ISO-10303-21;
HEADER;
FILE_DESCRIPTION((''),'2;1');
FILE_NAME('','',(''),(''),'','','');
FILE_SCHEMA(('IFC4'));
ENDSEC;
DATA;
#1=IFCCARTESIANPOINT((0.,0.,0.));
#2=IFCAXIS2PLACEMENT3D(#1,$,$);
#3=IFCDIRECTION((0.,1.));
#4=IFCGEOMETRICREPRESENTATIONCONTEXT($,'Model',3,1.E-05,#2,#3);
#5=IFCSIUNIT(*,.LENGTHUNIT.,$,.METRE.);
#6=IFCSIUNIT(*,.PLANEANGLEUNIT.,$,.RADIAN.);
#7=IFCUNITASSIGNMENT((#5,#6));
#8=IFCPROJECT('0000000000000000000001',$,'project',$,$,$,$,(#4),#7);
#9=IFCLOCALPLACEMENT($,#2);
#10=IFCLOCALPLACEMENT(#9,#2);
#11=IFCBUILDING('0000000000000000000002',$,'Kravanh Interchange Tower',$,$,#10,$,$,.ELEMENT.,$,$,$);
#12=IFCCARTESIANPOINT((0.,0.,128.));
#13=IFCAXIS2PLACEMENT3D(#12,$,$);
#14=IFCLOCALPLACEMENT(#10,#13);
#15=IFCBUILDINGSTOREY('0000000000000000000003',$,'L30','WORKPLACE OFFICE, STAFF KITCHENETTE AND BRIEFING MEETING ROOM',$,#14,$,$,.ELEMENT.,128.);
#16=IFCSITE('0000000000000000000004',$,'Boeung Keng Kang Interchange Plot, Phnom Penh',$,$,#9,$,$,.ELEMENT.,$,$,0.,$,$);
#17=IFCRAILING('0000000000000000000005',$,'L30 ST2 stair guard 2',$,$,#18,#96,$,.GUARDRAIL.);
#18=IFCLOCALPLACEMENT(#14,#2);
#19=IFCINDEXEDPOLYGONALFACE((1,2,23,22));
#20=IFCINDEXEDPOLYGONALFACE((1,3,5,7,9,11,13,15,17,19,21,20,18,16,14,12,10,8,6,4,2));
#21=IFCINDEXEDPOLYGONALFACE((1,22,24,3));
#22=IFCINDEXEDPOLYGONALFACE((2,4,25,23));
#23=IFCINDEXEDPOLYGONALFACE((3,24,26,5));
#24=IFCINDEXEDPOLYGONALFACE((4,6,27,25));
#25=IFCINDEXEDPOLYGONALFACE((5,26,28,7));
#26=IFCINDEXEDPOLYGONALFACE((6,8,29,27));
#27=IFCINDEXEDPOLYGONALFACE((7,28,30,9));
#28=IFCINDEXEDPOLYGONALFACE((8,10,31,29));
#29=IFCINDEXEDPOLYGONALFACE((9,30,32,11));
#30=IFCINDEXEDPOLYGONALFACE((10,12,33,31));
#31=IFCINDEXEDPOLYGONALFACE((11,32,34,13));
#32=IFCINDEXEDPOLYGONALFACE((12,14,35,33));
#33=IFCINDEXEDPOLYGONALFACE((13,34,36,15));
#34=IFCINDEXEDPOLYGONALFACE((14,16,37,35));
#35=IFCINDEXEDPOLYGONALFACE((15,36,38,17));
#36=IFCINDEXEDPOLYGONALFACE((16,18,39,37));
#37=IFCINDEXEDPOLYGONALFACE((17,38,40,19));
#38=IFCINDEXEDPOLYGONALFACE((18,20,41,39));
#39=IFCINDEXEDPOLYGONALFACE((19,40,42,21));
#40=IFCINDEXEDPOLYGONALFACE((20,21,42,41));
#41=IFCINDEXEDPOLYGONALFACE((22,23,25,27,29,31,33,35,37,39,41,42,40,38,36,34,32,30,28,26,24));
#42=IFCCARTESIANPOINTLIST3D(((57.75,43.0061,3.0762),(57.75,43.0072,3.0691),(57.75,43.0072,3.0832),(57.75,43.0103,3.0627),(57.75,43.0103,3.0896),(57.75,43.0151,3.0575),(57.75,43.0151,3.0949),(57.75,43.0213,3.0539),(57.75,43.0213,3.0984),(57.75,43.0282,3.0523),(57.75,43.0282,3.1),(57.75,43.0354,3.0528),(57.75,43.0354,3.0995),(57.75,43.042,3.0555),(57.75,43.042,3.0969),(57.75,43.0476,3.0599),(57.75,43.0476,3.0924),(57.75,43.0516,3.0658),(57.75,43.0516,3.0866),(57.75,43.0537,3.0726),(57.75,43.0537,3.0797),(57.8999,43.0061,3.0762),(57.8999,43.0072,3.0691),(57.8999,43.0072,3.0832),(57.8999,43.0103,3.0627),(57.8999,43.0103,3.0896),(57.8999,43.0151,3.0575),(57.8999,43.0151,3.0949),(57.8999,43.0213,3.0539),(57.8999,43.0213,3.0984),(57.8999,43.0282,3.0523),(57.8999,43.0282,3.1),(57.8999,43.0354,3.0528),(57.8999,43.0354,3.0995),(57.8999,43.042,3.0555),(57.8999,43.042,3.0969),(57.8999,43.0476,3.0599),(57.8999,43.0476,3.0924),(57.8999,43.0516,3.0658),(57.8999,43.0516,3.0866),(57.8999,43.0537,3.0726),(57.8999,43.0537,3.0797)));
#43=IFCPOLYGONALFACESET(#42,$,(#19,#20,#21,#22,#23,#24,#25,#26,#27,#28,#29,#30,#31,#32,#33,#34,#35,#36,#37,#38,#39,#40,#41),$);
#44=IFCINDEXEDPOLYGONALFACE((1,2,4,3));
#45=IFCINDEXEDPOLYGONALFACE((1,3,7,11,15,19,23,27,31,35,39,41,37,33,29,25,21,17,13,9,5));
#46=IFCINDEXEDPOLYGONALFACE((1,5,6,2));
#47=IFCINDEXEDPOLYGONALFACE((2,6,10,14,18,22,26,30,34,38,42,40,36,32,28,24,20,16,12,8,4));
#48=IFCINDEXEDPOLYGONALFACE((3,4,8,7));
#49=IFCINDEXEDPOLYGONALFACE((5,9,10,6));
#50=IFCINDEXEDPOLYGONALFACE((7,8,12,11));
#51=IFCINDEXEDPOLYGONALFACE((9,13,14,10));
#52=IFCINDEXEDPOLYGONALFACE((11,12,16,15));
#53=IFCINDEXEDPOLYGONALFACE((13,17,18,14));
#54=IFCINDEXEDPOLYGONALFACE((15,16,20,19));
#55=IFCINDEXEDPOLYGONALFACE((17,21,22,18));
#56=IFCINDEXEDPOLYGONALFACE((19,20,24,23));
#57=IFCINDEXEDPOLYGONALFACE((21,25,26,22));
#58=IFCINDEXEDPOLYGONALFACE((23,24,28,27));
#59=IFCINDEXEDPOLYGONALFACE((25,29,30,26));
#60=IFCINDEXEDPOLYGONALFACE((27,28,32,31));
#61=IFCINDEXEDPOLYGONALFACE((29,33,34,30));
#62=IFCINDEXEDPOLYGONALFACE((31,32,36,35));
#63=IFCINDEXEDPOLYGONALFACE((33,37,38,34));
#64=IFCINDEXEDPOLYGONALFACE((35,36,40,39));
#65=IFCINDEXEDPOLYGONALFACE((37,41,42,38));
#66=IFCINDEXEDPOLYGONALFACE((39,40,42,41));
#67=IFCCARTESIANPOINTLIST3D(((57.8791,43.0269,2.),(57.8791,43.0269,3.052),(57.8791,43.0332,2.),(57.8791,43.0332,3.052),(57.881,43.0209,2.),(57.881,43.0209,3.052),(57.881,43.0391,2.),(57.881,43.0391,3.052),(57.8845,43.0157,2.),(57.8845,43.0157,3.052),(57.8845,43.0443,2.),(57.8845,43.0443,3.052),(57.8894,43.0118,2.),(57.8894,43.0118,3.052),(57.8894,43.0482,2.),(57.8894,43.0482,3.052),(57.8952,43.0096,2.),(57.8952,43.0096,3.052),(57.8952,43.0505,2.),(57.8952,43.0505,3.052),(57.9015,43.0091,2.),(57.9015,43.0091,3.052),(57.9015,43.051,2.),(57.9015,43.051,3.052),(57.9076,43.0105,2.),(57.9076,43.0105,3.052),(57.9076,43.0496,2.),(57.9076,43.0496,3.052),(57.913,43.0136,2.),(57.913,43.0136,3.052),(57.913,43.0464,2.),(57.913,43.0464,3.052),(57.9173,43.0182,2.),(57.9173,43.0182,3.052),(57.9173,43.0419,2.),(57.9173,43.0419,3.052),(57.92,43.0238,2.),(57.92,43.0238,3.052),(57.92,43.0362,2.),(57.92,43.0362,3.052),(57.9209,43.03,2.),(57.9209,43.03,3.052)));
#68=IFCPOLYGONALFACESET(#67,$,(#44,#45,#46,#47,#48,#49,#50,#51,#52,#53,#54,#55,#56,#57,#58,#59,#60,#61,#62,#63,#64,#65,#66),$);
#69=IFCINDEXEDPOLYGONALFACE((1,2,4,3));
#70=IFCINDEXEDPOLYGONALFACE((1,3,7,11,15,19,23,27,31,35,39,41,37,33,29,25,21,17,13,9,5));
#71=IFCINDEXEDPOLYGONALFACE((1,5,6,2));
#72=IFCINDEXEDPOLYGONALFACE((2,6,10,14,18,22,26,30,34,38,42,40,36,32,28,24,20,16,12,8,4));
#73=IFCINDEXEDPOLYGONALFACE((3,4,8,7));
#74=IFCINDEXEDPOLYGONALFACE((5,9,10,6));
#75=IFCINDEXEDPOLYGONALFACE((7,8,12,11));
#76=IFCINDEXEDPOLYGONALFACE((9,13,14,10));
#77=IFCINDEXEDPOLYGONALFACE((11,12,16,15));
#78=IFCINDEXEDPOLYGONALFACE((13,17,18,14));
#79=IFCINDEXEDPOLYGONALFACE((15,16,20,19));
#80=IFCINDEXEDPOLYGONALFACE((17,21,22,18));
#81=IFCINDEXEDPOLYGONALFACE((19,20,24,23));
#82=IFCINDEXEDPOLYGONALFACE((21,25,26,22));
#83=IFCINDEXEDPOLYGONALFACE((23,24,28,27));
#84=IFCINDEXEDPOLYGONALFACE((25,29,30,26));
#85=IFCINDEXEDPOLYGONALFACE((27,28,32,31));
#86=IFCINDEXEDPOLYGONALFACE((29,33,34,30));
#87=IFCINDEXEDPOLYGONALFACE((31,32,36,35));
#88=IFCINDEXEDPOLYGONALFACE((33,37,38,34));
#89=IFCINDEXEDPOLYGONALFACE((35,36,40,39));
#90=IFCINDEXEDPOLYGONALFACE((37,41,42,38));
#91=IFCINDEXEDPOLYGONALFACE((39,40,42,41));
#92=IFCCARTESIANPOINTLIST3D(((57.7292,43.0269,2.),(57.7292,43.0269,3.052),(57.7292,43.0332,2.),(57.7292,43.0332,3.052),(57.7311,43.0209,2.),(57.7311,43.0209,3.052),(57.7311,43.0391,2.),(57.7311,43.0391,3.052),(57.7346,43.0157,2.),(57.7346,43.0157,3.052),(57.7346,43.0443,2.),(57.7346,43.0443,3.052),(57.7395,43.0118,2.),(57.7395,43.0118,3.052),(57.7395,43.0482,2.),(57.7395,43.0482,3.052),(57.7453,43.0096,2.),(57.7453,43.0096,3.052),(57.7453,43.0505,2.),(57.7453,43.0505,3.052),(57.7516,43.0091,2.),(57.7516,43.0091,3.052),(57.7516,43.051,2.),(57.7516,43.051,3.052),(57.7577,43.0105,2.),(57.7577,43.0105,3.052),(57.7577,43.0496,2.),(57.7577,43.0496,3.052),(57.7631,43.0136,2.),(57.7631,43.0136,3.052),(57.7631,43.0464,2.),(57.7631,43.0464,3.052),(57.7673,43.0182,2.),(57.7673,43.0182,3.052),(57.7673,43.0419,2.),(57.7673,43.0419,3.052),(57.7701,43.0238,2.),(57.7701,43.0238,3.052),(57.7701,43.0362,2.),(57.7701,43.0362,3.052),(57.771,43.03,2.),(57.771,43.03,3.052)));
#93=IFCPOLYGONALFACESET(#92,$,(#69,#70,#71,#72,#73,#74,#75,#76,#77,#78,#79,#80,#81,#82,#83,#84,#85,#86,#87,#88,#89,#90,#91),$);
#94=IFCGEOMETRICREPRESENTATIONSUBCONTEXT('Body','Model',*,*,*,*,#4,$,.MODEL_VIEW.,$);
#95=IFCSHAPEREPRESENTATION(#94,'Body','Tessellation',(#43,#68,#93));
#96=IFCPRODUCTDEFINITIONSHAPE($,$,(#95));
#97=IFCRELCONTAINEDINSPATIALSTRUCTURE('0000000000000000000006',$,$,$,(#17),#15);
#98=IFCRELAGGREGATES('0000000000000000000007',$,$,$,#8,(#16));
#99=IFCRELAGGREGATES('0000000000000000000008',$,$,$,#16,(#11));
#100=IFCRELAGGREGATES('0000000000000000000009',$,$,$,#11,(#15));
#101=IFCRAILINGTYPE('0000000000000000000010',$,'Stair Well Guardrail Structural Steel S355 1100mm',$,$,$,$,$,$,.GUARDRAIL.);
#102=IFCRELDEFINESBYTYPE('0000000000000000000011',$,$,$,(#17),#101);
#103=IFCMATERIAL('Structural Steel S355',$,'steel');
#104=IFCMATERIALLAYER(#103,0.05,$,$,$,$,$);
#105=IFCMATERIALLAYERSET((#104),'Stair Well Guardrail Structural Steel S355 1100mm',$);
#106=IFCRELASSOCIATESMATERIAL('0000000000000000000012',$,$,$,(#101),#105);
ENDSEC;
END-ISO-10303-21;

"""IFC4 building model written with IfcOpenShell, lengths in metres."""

from ifc_helpers import new_model, si_unit, direction, frame, origin, origin_2d, place, context, subcontext, project, spatial, circle, extrude, material, layer, layer_set, type_object, element, save


model = new_model("IFC4")

# Units and contexts
model_context = context("Model", 3, precision=1e-05, world=origin(), true_north=direction((0.0, 1.0)))
body_context = subcontext(model_context, "Body", "Model", "MODEL_VIEW")
ifc_project = project(units=[si_unit("LENGTHUNIT", "METRE"), si_unit("PLANEANGLEUNIT", "RADIAN")], contexts=[model_context])

# Site, building, storey
site_placement = place(None, origin())
site = spatial("IfcSite", under=ifc_project, at=site_placement, Name="Boeung Keng Kang Interchange Plot, Phnom Penh", CompositionType="ELEMENT", RefElevation=0.0)
building_placement = place(site_placement, origin())
building = spatial("IfcBuilding", under=site, at=building_placement, Name="Kravanh Interchange Tower", CompositionType="ELEMENT")
storey_placement = place(building_placement, frame((0.0, 0.0, 128.0)))
storey = spatial("IfcBuildingStorey", under=building, at=storey_placement, Name="L30", Description="WORKPLACE OFFICE, STAFF KITCHENETTE AND BRIEFING MEETING ROOM", CompositionType="ELEMENT", Elevation=128.0)

# Railing
ifc_material_1 = material(Name="Structural Steel S355", Category="steel")
ifc_layer_1 = layer(ifc_material_1, 0.05)
ifc_layer_set_1 = layer_set([ifc_layer_1], Name="Stair Well Guardrail Structural Steel S355 1100mm")
railing_type_1 = type_object("IfcRailingType", Name="Stair Well Guardrail Structural Steel S355 1100mm", PredefinedType="GUARDRAIL", material=ifc_layer_set_1)
railing_1_placement = place(storey_placement, frame((57.8999, 43.03, 2.0)))
element("IfcRailing", 1, at=railing_1_placement, inside=storey, type_object=railing_type_1, Name="L30 ST2 stair guard 2", PredefinedType="GUARDRAIL", context=body_context, shape_type="SweptSolid", body=[
    extrude(circle(Radius=0.0239, at=origin_2d()), frame((0.0, 0.0, 1.0762), z_axis=(-1.0, 0.0, 0.0), x_axis=(0.0, -1.0, 0.0)), (0.0, 0.0, 1.0), 0.1499),
    extrude(circle(Radius=0.021, at=origin_2d()), origin(), (0.0, 0.0, 1.0), 1.052),
    extrude(circle(Radius=0.021, at=origin_2d()), frame((-0.1499, 0.0, 0.0)), (0.0, 0.0, 1.0), 1.052),
])

save(model, "model.ifc")
